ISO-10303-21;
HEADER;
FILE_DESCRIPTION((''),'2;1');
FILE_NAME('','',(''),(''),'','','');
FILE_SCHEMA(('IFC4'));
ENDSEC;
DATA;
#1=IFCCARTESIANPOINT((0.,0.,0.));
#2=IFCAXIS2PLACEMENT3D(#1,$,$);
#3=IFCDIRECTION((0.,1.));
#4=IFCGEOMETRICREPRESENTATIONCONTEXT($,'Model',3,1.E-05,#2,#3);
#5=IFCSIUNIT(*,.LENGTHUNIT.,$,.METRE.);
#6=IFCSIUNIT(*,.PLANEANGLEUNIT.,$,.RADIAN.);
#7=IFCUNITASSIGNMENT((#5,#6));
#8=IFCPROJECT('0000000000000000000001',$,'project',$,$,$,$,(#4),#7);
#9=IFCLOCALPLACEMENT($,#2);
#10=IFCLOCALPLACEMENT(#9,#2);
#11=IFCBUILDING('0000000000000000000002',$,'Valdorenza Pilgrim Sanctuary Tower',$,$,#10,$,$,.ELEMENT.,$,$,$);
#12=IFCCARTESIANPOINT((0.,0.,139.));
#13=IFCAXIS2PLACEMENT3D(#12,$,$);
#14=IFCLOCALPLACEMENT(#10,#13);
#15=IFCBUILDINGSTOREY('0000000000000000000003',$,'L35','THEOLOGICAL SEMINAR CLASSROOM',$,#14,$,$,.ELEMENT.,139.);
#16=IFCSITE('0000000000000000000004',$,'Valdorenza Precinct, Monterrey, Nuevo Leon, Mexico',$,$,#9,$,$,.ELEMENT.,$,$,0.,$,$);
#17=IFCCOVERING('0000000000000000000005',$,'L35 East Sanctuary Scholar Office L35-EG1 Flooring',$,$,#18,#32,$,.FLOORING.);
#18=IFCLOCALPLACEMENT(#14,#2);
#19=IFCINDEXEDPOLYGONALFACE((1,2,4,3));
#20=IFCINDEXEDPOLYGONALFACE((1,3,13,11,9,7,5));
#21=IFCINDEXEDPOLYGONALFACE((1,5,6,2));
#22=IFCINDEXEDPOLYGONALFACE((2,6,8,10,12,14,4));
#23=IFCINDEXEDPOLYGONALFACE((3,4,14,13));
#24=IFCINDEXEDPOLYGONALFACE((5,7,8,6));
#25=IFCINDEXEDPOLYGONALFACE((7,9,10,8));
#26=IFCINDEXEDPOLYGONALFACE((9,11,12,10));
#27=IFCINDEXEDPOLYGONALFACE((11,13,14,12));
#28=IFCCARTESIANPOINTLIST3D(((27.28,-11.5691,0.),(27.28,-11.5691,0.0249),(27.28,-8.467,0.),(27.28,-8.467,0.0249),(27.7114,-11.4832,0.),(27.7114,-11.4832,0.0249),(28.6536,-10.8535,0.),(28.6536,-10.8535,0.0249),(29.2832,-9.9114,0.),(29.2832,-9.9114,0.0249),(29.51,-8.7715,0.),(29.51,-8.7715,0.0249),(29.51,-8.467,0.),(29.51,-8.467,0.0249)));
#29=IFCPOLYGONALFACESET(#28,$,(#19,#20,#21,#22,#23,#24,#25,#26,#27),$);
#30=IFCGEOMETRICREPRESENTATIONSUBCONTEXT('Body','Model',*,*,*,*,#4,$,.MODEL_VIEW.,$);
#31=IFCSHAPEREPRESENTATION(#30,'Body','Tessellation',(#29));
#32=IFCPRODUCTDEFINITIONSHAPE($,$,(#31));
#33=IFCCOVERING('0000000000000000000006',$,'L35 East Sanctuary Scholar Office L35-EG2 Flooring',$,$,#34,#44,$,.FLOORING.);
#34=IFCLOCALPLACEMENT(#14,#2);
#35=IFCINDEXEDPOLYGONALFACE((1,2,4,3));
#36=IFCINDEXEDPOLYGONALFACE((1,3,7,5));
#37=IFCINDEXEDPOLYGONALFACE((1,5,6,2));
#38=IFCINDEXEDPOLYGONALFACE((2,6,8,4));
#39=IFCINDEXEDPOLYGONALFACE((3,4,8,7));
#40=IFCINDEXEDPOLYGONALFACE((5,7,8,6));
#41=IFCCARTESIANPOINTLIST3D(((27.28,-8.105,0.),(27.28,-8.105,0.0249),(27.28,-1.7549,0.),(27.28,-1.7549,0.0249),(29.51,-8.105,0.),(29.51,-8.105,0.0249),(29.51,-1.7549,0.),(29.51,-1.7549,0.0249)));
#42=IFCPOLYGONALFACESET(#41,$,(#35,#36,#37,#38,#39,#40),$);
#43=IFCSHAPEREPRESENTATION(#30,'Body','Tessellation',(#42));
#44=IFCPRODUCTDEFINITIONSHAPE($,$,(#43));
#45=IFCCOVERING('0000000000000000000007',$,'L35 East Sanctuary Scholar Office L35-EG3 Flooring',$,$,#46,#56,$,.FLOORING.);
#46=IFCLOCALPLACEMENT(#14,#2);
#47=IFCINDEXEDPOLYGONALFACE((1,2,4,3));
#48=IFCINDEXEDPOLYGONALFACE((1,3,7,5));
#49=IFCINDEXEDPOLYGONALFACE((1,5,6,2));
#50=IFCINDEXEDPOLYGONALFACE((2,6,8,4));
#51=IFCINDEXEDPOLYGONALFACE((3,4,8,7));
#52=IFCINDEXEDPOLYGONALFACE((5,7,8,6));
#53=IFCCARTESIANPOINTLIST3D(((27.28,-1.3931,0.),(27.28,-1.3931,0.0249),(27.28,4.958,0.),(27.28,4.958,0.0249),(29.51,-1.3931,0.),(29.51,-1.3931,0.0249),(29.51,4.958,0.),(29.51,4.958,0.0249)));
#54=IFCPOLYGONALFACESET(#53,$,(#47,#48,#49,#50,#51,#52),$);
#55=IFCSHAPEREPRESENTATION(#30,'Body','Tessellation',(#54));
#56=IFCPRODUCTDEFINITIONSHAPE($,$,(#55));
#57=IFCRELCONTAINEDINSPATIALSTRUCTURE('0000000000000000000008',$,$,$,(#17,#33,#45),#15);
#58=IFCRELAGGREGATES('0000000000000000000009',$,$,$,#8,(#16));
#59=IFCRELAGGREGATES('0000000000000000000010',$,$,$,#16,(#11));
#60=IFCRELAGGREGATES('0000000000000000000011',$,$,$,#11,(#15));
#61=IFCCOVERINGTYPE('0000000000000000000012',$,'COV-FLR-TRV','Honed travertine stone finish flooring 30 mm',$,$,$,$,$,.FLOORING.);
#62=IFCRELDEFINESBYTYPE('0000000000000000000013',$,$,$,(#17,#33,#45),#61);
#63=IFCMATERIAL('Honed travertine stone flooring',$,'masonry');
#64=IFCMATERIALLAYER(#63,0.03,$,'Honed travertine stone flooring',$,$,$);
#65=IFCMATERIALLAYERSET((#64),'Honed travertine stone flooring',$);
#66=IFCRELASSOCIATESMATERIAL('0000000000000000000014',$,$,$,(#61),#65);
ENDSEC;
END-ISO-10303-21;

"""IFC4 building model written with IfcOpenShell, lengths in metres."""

from ifc_helpers import new_model, si_unit, direction, frame, origin, place, context, subcontext, project, spatial, polyline, outline, extrude, material, layer, layer_set, type_object, element, save


model = new_model("IFC4")

# Units and contexts
model_context = context("Model", 3, precision=1e-05, world=origin(), true_north=direction((0.0, 1.0)))
body_context = subcontext(model_context, "Body", "Model", "MODEL_VIEW")
ifc_project = project(units=[si_unit("LENGTHUNIT", "METRE"), si_unit("PLANEANGLEUNIT", "RADIAN")], contexts=[model_context])

# Site, building, storey
site_placement = place(None, origin())
site = spatial("IfcSite", under=ifc_project, at=site_placement, Name="Valdorenza Precinct, Monterrey, Nuevo Leon, Mexico", CompositionType="ELEMENT", RefElevation=0.0)
building_placement = place(site_placement, origin())
building = spatial("IfcBuilding", under=site, at=building_placement, Name="Valdorenza Pilgrim Sanctuary Tower", CompositionType="ELEMENT")
storey_placement = place(building_placement, frame((0.0, 0.0, 139.0)))
storey = spatial("IfcBuildingStorey", under=building, at=storey_placement, Name="L35", Description="THEOLOGICAL SEMINAR CLASSROOM", CompositionType="ELEMENT", Elevation=139.0)

# Coverings
ifc_material_1 = material(Name="Honed travertine stone flooring", Category="masonry")
ifc_layer_1 = layer(ifc_material_1, 0.03, Name="Honed travertine stone flooring")
ifc_layer_set_1 = layer_set([ifc_layer_1], Name="Honed travertine stone flooring")
covering_type_1 = type_object("IfcCoveringType", Name="COV-FLR-TRV", Description="Honed travertine stone finish flooring 30 mm", PredefinedType="FLOORING", material=ifc_layer_set_1)
covering_1_placement = place(storey_placement, origin())
element("IfcCovering", 1, at=covering_1_placement, inside=storey, type_object=covering_type_1, Name="L35 East Sanctuary Scholar Office L35-EG1 Flooring", PredefinedType="FLOORING", context=body_context, shape_type="SweptSolid", body=[
    extrude(outline(polyline([(29.2832, -9.9114), (28.6536, -10.8535), (27.7114, -11.4832), (27.28, -11.5691), (27.28, -8.467), (29.51, -8.467), (29.51, -8.7715), (29.2832, -9.9114)])), origin(), (0.0, 0.0, 1.0), 0.0249),
])
covering_2_placement = place(storey_placement, origin())
element("IfcCovering", 2, at=covering_2_placement, inside=storey, type_object=covering_type_1, Name="L35 East Sanctuary Scholar Office L35-EG2 Flooring", PredefinedType="FLOORING", context=body_context, shape_type="SweptSolid", body=[
    extrude(outline(polyline([(27.28, -1.7549), (29.51, -1.7549), (29.51, -8.105), (27.28, -8.105), (27.28, -1.7549)])), origin(), (0.0, 0.0, 1.0), 0.0249),
])
covering_3_placement = place(storey_placement, origin())
element("IfcCovering", 3, at=covering_3_placement, inside=storey, type_object=covering_type_1, Name="L35 East Sanctuary Scholar Office L35-EG3 Flooring", PredefinedType="FLOORING", context=body_context, shape_type="SweptSolid", body=[
    extrude(outline(polyline([(27.28, 4.958), (29.51, 4.958), (29.51, -1.3931), (27.28, -1.3931), (27.28, 4.958)])), origin(), (0.0, 0.0, 1.0), 0.0249),
])

save(model, "model.ifc")
